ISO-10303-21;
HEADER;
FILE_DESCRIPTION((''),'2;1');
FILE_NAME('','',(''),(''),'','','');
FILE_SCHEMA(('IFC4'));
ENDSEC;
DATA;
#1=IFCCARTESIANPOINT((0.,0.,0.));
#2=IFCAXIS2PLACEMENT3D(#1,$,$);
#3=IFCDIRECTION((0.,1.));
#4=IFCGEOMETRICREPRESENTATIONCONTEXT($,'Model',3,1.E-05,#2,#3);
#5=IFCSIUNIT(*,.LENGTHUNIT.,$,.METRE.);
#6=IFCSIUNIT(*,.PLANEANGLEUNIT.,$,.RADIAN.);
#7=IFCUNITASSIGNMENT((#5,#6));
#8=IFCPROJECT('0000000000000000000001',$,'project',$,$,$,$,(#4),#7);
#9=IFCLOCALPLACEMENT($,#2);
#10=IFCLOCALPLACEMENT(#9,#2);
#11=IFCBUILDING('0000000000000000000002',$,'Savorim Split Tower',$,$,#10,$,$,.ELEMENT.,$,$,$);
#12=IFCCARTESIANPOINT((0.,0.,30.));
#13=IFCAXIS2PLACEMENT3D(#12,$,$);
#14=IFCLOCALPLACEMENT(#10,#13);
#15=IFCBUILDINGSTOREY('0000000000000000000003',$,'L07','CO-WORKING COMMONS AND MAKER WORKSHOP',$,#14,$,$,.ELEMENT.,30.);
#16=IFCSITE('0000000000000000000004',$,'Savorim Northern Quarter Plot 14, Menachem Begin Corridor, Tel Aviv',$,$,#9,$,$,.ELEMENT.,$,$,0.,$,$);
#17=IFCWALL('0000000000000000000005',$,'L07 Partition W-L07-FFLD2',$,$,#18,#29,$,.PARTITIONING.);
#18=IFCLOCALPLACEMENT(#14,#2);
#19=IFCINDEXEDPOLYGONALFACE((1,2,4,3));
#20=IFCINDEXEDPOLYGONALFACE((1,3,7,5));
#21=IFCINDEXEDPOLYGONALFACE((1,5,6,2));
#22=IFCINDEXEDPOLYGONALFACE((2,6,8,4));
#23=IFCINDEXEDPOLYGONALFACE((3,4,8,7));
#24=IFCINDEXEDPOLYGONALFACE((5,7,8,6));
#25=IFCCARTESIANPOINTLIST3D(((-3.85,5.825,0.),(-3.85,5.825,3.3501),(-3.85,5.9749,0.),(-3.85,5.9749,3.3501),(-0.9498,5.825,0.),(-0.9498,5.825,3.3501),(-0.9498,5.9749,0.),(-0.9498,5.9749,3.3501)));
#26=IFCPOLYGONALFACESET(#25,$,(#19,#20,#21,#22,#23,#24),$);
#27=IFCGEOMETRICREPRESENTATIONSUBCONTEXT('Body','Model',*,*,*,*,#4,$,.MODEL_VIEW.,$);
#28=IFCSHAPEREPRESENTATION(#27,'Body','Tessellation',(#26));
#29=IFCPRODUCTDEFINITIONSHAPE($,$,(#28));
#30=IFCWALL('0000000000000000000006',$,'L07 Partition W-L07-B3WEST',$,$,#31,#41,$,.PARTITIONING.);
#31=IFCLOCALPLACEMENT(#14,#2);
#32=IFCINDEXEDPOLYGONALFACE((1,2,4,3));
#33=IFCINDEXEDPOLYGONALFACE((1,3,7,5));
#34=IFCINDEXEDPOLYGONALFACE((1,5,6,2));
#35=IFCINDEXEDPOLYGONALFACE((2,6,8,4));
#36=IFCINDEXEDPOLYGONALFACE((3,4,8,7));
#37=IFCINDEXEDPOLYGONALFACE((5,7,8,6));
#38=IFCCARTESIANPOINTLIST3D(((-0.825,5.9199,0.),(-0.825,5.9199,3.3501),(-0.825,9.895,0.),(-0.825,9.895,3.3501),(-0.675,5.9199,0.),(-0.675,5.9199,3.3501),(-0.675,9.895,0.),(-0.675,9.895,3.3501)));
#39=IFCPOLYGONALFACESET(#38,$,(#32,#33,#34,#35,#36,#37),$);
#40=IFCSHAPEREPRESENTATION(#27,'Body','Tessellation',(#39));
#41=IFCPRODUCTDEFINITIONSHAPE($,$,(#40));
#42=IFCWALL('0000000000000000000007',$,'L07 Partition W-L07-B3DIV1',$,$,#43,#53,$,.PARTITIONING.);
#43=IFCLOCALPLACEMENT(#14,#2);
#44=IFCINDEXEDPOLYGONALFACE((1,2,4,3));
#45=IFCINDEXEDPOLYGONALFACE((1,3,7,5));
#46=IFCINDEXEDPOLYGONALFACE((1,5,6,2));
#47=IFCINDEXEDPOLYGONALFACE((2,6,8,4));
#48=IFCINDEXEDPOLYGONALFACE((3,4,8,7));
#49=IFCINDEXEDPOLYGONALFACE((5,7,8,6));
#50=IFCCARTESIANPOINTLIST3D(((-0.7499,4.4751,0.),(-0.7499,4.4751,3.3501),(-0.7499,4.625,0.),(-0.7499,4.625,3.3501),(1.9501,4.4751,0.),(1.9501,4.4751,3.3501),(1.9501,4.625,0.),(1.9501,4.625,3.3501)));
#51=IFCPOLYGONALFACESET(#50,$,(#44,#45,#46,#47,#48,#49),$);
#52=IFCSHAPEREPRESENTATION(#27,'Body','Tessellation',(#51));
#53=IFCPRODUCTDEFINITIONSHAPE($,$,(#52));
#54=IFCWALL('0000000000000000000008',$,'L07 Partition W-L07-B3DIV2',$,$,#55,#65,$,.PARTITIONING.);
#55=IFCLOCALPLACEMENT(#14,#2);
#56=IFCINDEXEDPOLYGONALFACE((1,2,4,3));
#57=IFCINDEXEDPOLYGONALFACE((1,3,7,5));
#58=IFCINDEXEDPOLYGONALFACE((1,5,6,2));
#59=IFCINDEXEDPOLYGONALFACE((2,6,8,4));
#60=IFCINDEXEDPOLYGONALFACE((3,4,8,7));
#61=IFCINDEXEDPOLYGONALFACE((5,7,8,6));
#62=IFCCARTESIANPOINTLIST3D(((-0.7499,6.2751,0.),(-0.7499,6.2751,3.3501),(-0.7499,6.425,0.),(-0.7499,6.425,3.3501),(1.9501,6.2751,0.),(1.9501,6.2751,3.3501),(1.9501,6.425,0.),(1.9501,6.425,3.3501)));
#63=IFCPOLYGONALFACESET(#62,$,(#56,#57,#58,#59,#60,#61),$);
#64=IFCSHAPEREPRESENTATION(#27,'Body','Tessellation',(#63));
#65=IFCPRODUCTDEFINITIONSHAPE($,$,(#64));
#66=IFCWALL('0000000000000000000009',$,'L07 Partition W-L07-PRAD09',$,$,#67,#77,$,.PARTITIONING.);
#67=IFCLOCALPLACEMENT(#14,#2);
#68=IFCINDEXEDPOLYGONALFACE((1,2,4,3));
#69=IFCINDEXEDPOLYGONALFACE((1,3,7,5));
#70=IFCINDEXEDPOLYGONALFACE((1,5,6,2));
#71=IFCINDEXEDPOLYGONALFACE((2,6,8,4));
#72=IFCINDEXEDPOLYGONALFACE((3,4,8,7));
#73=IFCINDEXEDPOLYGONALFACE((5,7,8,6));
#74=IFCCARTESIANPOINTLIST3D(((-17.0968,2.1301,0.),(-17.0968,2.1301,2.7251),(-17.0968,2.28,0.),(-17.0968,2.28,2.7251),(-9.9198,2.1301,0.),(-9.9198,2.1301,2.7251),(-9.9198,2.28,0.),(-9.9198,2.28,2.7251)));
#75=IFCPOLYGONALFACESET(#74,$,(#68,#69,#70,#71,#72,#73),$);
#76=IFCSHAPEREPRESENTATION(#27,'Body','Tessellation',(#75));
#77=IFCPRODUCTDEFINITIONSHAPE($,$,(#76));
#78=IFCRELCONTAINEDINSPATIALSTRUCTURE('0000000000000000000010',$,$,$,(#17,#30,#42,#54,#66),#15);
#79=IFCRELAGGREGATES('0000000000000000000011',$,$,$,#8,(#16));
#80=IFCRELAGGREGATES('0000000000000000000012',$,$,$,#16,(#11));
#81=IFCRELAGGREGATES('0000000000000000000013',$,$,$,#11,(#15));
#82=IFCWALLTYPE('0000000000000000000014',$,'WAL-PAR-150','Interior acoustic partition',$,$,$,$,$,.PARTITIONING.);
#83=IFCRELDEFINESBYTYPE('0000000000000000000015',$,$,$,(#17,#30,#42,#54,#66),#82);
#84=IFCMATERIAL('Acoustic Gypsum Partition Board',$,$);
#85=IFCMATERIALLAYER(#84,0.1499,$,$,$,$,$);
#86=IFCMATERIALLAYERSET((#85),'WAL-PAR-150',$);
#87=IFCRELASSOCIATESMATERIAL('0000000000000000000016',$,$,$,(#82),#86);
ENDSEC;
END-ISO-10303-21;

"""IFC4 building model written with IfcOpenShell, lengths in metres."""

from ifc_helpers import new_model, si_unit, direction, frame, frame_2d, origin, place, context, subcontext, project, spatial, rectangle, extrude, material, layer, layer_set, type_object, element, save


model = new_model("IFC4")

# Units and contexts
model_context = context("Model", 3, precision=1e-05, world=origin(), true_north=direction((0.0, 1.0)))
body_context = subcontext(model_context, "Body", "Model", "MODEL_VIEW")
ifc_project = project(units=[si_unit("LENGTHUNIT", "METRE"), si_unit("PLANEANGLEUNIT", "RADIAN")], contexts=[model_context])

# Site, building, storey
site_placement = place(None, origin())
site = spatial("IfcSite", under=ifc_project, at=site_placement, Name="Savorim Northern Quarter Plot 14, Menachem Begin Corridor, Tel Aviv", CompositionType="ELEMENT", RefElevation=0.0)
building_placement = place(site_placement, origin())
building = spatial("IfcBuilding", under=site, at=building_placement, Name="Savorim Split Tower", CompositionType="ELEMENT")
storey_placement = place(building_placement, frame((0.0, 0.0, 30.0)))
storey = spatial("IfcBuildingStorey", under=building, at=storey_placement, Name="L07", Description="CO-WORKING COMMONS AND MAKER WORKSHOP", CompositionType="ELEMENT", Elevation=30.0)

# Walls
ifc_material_1 = material(Name="Acoustic Gypsum Partition Board")
ifc_layer_1 = layer(ifc_material_1, 0.1499)
ifc_layer_set_1 = layer_set([ifc_layer_1], Name="WAL-PAR-150")
wall_type_1 = type_object("IfcWallType", Name="WAL-PAR-150", Description="Interior acoustic partition", PredefinedType="PARTITIONING", material=ifc_layer_set_1)
wall_1_placement = place(storey_placement, frame((-3.8501, 5.8999, 0.0), z_axis=(0.0, 0.0, 1.0), x_axis=(1.0, 0.0, 0.0)))
element("IfcWall", 1, at=wall_1_placement, inside=storey, type_object=wall_type_1, Name="L07 Partition W-L07-FFLD2", PredefinedType="PARTITIONING", context=body_context, shape_type="SweptSolid", body=[
    extrude(rectangle(XDim=2.9001, YDim=0.1499, at=frame_2d((1.4502, 0.0))), origin(), (0.0, 0.0, 1.0), 3.3501),
])
wall_2_placement = place(storey_placement, frame((-0.75, 5.9199, 0.0), z_axis=(0.0, 0.0, 1.0), x_axis=(0.0, 1.0, 0.0)))
element("IfcWall", 2, at=wall_2_placement, inside=storey, type_object=wall_type_1, Name="L07 Partition W-L07-B3WEST", PredefinedType="PARTITIONING", context=body_context, shape_type="SweptSolid", body=[
    extrude(rectangle(XDim=3.9751, YDim=0.1499, at=frame_2d((1.9875, 0.0))), origin(), (0.0, 0.0, 1.0), 3.3501),
])
for number, where, z_axis, x_axis, name in (
    (3, (-0.75, 4.55, 0.0), (0.0, 0.0, 1.0), (1.0, 0.0, 0.0), "L07 Partition W-L07-B3DIV1"),
    (4, (-0.75, 6.3501, 0.0), (0.0, 0.0, 1.0), (1.0, 0.0, 0.0), "L07 Partition W-L07-B3DIV2"),
):
    element("IfcWall", number, at=place(storey_placement, frame(where, z_axis=z_axis, x_axis=x_axis)), inside=storey, type_object=wall_type_1, Name=name, PredefinedType="PARTITIONING", context=body_context, shape_type="SweptSolid", body=[
        extrude(rectangle(XDim=2.7, YDim=0.1499, at=frame_2d((1.3501, 0.0))), origin(), (0.0, 0.0, 1.0), 3.3501),
    ])
wall_3_placement = place(storey_placement, frame((-9.9199, 2.2051, 0.0), z_axis=(0.0, 0.0, 1.0), x_axis=(-1.0, 0.0, 0.0)))
element("IfcWall", 5, at=wall_3_placement, inside=storey, type_object=wall_type_1, Name="L07 Partition W-L07-PRAD09", PredefinedType="PARTITIONING", context=body_context, shape_type="SweptSolid", body=[
    extrude(rectangle(XDim=7.177, YDim=0.1499, at=frame_2d((3.5884, 0.0))), origin(), (0.0, 0.0, 1.0), 2.7251),
])

save(model, "model.ifc")
